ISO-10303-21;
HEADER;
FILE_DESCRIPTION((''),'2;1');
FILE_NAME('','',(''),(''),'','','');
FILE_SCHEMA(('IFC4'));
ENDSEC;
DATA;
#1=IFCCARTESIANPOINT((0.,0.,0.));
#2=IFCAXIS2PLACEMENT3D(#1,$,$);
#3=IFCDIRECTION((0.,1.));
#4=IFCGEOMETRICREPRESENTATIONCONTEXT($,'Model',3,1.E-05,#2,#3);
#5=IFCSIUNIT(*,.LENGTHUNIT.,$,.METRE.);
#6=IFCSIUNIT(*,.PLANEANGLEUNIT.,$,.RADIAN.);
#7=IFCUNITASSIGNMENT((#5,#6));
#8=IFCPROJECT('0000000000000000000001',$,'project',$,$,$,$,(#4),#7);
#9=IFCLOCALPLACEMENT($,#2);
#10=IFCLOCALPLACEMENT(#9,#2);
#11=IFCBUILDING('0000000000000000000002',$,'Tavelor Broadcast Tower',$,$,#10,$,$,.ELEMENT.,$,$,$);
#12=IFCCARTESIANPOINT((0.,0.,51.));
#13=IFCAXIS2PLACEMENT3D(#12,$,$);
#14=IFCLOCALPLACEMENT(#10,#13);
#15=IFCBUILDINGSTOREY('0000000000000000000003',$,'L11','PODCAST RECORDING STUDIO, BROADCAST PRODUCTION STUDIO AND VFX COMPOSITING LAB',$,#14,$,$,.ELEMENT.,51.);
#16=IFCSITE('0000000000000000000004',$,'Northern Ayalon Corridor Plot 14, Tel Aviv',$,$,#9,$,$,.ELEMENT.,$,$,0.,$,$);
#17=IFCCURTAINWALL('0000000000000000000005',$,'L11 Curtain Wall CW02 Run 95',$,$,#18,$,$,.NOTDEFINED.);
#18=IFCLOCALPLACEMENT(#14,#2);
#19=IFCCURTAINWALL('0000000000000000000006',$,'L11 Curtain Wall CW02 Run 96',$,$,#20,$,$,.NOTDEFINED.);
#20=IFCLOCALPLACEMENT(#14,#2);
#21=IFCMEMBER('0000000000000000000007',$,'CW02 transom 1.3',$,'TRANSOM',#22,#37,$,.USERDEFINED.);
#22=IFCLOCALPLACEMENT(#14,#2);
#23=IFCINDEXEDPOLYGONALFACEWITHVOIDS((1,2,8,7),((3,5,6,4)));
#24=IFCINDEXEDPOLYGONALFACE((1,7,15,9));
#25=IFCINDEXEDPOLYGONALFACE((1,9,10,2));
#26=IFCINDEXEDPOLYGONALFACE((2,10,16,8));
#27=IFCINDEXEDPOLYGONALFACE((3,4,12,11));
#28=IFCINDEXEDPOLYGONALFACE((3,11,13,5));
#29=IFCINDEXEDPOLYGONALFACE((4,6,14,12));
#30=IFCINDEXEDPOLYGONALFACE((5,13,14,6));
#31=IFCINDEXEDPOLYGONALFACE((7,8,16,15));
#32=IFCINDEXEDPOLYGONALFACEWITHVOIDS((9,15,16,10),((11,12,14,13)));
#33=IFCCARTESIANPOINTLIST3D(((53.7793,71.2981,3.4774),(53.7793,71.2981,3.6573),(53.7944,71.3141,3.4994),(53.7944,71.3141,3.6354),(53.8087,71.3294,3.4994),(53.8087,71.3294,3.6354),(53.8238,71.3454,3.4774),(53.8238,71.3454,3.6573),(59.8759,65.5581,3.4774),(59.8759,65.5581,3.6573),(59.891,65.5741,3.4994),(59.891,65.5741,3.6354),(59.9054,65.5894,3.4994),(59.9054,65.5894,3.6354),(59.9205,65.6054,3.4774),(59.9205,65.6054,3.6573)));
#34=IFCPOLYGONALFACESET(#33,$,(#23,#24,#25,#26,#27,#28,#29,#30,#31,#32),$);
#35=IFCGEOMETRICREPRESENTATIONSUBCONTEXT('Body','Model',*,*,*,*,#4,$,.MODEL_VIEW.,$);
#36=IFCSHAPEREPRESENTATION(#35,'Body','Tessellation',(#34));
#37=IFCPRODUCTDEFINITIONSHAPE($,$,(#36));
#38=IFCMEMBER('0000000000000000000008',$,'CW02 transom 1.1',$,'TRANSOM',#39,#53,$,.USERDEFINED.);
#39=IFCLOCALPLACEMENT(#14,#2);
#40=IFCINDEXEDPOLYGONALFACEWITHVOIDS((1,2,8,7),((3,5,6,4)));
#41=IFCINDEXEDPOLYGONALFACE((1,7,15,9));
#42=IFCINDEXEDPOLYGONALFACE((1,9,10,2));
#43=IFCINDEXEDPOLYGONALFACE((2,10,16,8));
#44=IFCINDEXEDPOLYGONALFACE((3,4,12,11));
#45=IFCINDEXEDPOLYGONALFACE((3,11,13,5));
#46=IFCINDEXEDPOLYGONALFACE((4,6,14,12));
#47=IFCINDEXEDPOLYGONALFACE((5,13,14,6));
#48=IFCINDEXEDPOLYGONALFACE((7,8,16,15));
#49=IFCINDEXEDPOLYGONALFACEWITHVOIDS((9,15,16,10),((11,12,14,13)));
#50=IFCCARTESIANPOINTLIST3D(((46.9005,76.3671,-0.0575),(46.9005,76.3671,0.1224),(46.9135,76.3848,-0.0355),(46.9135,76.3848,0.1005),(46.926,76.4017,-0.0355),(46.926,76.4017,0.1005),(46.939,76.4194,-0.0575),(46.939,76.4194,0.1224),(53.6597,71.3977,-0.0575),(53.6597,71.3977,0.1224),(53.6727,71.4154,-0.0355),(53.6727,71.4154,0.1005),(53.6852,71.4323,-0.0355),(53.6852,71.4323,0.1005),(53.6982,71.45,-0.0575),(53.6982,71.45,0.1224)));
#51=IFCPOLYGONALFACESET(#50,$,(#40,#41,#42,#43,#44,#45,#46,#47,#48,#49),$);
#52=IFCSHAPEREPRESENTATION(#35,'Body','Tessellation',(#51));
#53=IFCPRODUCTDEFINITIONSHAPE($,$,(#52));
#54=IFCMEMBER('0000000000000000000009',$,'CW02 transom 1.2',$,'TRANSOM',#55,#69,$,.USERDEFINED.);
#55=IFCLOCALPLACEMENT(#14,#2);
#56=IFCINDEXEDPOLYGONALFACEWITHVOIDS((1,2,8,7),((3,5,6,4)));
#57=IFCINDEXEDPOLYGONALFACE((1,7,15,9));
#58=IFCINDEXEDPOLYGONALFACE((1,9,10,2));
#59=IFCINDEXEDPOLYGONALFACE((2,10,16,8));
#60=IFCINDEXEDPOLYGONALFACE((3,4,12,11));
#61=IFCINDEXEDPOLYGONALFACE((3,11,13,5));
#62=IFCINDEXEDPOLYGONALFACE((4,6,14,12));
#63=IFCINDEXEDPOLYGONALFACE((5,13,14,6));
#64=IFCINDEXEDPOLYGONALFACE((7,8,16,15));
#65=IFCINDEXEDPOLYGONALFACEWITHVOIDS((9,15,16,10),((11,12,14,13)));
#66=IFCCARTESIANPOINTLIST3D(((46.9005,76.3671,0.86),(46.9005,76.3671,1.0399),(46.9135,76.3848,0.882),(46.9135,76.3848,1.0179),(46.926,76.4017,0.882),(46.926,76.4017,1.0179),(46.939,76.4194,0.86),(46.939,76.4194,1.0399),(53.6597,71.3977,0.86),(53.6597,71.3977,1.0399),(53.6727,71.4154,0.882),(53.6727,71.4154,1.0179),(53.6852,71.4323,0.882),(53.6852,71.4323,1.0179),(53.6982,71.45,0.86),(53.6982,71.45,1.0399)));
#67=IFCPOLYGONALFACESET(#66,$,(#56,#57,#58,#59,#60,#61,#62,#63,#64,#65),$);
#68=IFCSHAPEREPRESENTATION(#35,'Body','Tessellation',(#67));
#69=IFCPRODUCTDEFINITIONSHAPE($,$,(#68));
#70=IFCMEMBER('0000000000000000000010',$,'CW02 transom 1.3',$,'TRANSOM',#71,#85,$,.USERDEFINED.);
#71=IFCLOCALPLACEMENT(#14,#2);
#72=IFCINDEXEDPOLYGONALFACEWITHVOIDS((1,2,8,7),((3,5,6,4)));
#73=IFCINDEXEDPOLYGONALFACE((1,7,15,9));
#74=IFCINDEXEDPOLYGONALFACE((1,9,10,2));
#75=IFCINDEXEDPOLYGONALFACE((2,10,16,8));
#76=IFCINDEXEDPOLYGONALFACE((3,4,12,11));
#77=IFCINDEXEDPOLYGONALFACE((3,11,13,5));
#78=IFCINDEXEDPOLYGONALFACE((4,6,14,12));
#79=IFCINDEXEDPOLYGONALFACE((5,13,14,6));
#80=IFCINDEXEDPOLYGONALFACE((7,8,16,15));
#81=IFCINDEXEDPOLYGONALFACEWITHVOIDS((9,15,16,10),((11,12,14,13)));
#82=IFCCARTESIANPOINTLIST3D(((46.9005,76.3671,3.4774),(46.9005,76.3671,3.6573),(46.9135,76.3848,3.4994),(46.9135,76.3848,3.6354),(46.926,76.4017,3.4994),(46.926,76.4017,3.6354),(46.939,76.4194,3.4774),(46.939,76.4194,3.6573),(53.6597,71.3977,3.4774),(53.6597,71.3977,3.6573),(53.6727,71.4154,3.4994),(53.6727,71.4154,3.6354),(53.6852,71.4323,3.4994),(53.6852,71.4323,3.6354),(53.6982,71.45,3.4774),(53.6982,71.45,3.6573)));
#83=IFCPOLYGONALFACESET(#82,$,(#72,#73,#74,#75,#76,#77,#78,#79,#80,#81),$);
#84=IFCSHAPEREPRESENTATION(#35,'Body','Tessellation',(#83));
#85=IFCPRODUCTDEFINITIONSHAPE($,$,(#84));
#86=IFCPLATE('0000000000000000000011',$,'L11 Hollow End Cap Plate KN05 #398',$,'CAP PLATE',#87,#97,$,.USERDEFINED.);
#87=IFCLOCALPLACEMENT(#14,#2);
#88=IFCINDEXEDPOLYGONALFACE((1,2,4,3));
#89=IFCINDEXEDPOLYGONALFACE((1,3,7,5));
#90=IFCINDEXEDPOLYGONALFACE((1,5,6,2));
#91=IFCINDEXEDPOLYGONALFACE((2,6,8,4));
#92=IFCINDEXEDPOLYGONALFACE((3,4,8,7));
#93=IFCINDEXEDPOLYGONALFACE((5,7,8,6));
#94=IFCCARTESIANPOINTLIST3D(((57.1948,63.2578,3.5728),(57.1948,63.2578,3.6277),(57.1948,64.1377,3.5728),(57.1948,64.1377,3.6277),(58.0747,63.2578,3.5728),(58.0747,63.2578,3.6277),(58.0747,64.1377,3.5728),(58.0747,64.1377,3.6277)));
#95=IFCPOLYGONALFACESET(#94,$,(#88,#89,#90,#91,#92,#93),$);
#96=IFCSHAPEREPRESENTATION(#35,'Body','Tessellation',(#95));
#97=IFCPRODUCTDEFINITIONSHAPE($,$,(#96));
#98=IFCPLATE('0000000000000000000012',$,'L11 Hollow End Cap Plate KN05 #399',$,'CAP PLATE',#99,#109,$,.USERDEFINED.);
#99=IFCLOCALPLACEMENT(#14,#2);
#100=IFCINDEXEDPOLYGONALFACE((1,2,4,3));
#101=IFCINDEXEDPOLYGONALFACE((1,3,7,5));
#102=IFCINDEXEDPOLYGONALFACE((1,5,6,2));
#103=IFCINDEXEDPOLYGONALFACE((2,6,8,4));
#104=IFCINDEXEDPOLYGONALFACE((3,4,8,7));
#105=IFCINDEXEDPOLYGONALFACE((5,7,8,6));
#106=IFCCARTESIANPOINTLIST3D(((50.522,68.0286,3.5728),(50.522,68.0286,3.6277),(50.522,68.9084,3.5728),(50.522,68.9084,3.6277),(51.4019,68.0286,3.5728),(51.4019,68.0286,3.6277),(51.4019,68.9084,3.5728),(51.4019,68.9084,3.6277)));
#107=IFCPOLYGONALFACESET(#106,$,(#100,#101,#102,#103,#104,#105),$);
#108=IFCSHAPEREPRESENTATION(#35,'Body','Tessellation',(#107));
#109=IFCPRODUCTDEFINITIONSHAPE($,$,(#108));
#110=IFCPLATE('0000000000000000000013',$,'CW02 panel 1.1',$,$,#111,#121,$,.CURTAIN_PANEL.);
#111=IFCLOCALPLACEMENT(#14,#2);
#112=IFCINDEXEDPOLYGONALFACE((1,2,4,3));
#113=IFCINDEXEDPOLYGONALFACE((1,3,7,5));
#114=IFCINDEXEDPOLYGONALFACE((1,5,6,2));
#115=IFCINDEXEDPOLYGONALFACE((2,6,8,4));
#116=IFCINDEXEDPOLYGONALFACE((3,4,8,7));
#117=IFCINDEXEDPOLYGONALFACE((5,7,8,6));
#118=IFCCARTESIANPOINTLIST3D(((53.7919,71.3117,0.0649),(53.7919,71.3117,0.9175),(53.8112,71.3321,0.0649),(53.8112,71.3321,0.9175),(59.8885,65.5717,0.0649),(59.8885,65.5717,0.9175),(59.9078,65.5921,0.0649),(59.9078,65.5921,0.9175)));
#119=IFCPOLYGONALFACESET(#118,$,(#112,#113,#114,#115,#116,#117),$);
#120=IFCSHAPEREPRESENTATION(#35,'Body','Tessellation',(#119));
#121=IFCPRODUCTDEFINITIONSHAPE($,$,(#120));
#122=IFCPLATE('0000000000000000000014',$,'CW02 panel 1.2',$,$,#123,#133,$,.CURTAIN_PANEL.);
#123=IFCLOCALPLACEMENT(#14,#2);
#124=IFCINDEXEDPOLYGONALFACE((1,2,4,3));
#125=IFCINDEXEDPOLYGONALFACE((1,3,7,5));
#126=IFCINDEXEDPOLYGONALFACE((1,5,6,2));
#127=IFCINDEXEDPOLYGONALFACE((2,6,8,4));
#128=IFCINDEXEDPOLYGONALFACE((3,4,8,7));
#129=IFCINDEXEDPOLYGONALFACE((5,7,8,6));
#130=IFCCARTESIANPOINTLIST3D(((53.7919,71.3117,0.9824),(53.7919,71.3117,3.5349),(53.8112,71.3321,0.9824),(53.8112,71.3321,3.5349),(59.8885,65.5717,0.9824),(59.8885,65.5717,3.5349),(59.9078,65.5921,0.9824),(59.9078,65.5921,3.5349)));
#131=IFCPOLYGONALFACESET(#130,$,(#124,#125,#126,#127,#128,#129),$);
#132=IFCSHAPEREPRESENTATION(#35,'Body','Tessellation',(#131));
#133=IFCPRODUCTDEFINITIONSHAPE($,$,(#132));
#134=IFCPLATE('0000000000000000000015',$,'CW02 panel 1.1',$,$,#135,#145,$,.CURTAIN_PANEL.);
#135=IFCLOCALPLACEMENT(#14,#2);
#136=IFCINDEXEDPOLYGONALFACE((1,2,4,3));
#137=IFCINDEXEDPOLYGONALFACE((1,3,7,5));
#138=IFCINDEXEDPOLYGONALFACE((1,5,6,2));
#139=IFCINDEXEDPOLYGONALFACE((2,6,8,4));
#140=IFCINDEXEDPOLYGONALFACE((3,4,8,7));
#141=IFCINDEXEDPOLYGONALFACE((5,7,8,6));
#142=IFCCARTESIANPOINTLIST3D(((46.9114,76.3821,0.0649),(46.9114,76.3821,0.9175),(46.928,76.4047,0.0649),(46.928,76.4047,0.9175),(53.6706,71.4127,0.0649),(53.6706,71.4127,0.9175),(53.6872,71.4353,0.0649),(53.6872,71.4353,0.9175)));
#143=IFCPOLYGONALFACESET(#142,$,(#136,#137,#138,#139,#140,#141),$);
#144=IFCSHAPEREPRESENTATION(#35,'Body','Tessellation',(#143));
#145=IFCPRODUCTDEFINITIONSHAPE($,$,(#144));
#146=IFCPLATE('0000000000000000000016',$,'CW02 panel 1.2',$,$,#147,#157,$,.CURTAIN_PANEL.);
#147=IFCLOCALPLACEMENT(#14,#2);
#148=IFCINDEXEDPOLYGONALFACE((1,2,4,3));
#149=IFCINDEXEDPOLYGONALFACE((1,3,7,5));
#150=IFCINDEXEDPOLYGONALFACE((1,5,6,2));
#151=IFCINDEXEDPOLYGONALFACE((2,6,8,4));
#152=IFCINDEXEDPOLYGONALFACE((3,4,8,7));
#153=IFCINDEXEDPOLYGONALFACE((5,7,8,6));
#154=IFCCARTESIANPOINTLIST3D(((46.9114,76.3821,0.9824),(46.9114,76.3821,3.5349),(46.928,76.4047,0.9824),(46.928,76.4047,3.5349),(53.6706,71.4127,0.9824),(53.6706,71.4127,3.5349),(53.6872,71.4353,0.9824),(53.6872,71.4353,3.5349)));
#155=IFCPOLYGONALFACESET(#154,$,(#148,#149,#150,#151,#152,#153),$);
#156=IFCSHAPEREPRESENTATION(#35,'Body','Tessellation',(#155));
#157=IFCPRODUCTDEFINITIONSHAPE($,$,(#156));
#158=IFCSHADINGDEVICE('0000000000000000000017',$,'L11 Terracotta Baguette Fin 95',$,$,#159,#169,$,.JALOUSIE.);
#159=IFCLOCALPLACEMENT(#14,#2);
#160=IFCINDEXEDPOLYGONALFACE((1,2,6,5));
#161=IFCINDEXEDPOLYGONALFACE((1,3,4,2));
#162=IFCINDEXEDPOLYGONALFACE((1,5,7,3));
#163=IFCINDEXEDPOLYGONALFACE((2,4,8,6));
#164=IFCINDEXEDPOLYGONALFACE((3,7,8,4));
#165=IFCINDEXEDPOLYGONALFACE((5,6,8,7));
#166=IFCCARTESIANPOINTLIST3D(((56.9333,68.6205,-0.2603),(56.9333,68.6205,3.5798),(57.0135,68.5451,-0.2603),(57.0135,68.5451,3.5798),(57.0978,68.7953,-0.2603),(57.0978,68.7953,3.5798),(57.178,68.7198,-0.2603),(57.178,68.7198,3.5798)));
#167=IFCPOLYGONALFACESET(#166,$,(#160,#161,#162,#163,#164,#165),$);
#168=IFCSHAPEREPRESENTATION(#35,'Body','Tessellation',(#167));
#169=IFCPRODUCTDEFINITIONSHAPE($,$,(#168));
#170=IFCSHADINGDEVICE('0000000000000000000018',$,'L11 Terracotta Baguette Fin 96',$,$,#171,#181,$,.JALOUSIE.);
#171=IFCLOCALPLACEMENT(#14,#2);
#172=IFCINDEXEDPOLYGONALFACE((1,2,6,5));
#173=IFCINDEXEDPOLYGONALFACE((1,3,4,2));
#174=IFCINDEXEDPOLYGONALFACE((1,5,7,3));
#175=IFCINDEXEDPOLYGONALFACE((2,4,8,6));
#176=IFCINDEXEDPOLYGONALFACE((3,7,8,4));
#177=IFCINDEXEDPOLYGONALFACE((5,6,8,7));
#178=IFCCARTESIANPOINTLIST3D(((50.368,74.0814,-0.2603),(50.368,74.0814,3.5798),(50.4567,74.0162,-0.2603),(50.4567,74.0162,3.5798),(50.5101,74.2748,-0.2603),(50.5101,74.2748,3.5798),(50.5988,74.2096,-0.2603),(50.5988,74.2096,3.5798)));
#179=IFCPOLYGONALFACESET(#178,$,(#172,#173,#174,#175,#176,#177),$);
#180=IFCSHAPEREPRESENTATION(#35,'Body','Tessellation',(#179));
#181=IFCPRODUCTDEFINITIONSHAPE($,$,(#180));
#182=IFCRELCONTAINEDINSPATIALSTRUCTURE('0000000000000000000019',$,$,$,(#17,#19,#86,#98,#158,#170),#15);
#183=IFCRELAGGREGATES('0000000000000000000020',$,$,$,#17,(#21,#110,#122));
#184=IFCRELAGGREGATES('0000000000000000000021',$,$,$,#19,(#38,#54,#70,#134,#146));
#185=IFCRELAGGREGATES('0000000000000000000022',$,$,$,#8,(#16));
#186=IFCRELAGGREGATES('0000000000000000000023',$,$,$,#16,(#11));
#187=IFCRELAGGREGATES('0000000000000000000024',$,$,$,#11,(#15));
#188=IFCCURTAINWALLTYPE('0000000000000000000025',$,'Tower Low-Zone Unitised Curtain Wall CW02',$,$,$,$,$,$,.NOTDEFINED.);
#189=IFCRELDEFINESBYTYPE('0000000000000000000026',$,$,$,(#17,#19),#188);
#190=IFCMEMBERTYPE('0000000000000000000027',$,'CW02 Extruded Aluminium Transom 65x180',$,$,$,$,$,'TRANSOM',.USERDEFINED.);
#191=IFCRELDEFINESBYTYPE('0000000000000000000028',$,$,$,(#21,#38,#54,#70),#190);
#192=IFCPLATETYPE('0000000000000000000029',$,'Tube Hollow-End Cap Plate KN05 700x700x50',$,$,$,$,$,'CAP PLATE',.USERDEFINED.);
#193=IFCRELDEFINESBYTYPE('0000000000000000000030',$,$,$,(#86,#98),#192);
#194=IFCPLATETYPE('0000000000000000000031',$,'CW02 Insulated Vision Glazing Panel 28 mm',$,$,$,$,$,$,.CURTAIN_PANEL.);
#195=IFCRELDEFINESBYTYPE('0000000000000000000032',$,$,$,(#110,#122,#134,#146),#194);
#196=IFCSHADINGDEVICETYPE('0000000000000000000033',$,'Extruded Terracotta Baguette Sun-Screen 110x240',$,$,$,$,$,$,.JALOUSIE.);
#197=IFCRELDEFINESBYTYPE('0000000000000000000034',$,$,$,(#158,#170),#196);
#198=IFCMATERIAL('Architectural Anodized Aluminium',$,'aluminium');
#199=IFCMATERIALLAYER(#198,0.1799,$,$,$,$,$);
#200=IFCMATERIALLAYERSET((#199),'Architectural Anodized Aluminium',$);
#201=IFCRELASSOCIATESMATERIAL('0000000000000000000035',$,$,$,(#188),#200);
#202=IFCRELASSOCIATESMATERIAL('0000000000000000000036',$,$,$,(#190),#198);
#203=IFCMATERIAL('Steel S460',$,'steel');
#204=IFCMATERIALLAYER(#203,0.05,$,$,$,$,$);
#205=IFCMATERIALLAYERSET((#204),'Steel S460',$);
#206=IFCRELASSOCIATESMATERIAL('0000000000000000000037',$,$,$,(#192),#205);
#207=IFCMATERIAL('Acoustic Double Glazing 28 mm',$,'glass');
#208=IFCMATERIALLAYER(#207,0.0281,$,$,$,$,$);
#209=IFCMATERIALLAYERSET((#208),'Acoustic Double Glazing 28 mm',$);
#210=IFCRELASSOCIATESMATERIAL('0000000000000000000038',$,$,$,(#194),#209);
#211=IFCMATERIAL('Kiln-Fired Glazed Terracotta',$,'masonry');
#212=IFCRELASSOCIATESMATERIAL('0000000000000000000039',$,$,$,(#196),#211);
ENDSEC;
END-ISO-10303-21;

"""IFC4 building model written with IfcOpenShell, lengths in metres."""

from ifc_helpers import new_model, si_unit, direction, frame, origin, origin_2d, place, context, subcontext, project, spatial, rectangle, hollow_rectangle, extrude, source, transform, mapped, material, layer, layer_set, material_profile, profile_set, type_object, type_shapes, element, aggregate, save


model = new_model("IFC4")

# Units and contexts
model_context = context("Model", 3, precision=1e-05, world=origin(), true_north=direction((0.0, 1.0)))
body_context = subcontext(model_context, "Body", "Model", "MODEL_VIEW")
ifc_project = project(units=[si_unit("LENGTHUNIT", "METRE"), si_unit("PLANEANGLEUNIT", "RADIAN")], contexts=[model_context])

# Site, building, storey
site_placement = place(None, origin())
site = spatial("IfcSite", under=ifc_project, at=site_placement, Name="Northern Ayalon Corridor Plot 14, Tel Aviv", CompositionType="ELEMENT", RefElevation=0.0)
building_placement = place(site_placement, origin())
building = spatial("IfcBuilding", under=site, at=building_placement, Name="Tavelor Broadcast Tower", CompositionType="ELEMENT")
storey_placement = place(building_placement, frame((0.0, 0.0, 51.0)))
storey = spatial("IfcBuildingStorey", under=building, at=storey_placement, Name="L11", Description="PODCAST RECORDING STUDIO, BROADCAST PRODUCTION STUDIO AND VFX COMPOSITING LAB", CompositionType="ELEMENT", Elevation=51.0)

# Shared definitions
ifc_material_1 = material(Name="Steel S460", Category="steel")

# Shared definitions
ifc_material_2 = material(Name="Architectural Anodized Aluminium", Category="aluminium")
ifc_layer_1 = layer(ifc_material_2, 0.1799)
ifc_layer_set_1 = layer_set([ifc_layer_1], Name="Architectural Anodized Aluminium")
curtain_wall_type = type_object("IfcCurtainWallType", Name="Tower Low-Zone Unitised Curtain Wall CW02", PredefinedType="NOTDEFINED", material=ifc_layer_set_1)

# Curtain wall
curtain_wall_1_placement = place(storey_placement, origin())
curtain_wall_1 = element("IfcCurtainWall", 1, at=curtain_wall_1_placement, inside=storey, type_object=curtain_wall_type, Name="L11 Curtain Wall CW02 Run 95", PredefinedType="NOTDEFINED")

# Curtain wall
curtain_wall_2_placement = place(storey_placement, origin())
curtain_wall_2 = element("IfcCurtainWall", 2, at=curtain_wall_2_placement, inside=storey, type_object=curtain_wall_type, Name="L11 Curtain Wall CW02 Run 96", PredefinedType="NOTDEFINED")

# Members
ifc_material_profile_1 = material_profile(ifc_material_2, hollow_rectangle(XDim=0.0649, YDim=0.1799, WallThickness=0.022, at=origin_2d()), Name="RHS 65x180x22")
ifc_profile_set_1 = profile_set([ifc_material_profile_1], Name="Architectural Anodized Aluminium")
member_type_1 = type_object("IfcMemberType", Name="CW02 Extruded Aluminium Transom 65x180", ElementType="TRANSOM", PredefinedType="USERDEFINED", material=ifc_profile_set_1)
shared_shape_1 = source(origin(), body_context, "Body", "SweptSolid", [
    extrude(hollow_rectangle(XDim=0.0649, YDim=0.1799, WallThickness=0.022, at=origin_2d()), origin(), (0.0, 0.0, 1.0), 8.3735),
])
member_1_placement = place(storey_placement, frame((59.8982, 65.5818, 3.5674), z_axis=(-0.728084, 0.685487, 0.0), x_axis=(-0.685487, -0.728084, 0.0)))
member_1 = element("IfcMember", 3, at=member_1_placement, type_object=member_type_1, Name="CW02 transom 1.3", ObjectType="TRANSOM", PredefinedType="USERDEFINED", context=body_context, shape_type="MappedRepresentation", body=[
    mapped(shared_shape_1, transform((0.0, 0.0, 0.0), scale=1.0)),
])
shared_shape_2 = source(origin(), body_context, "Body", "SweptSolid", [
    extrude(hollow_rectangle(XDim=0.0649, YDim=0.1799, WallThickness=0.022, at=origin_2d()), origin(), (0.0, 0.0, 1.0), 8.3894),
])
type_shapes(member_type_1, [shared_shape_1, shared_shape_2])
member_2_placement = place(storey_placement, frame((53.679, 71.4238, 0.0325), z_axis=(-0.805684, 0.592346, 0.0), x_axis=(-0.592346, -0.805684, 0.0)))
member_2 = element("IfcMember", 4, at=member_2_placement, type_object=member_type_1, Name="CW02 transom 1.1", ObjectType="TRANSOM", PredefinedType="USERDEFINED", context=body_context, shape_type="MappedRepresentation", body=[
    mapped(shared_shape_2, transform((0.0, 0.0, 0.0), scale=1.0)),
])
member_3_placement = place(storey_placement, frame((53.679, 71.4238, 0.95), z_axis=(-0.805684, 0.592346, 0.0), x_axis=(-0.592346, -0.805684, 0.0)))
member_3 = element("IfcMember", 5, at=member_3_placement, type_object=member_type_1, Name="CW02 transom 1.2", ObjectType="TRANSOM", PredefinedType="USERDEFINED", context=body_context, shape_type="MappedRepresentation", body=[
    mapped(shared_shape_2, transform((0.0, 0.0, 0.0), scale=1.0)),
])
member_4_placement = place(storey_placement, frame((53.679, 71.4238, 3.5674), z_axis=(-0.805684, 0.592346, 0.0), x_axis=(-0.592346, -0.805684, 0.0)))
member_4 = element("IfcMember", 6, at=member_4_placement, type_object=member_type_1, Name="CW02 transom 1.3", ObjectType="TRANSOM", PredefinedType="USERDEFINED", context=body_context, shape_type="MappedRepresentation", body=[
    mapped(shared_shape_2, transform((0.0, 0.0, 0.0), scale=1.0)),
])

# Plates
ifc_layer_2 = layer(ifc_material_1, 0.05)
ifc_layer_set_2 = layer_set([ifc_layer_2], Name="Steel S460")
plate_type_1 = type_object("IfcPlateType", Name="Tube Hollow-End Cap Plate KN05 700x700x50", ElementType="CAP PLATE", PredefinedType="USERDEFINED", material=ifc_layer_set_2)
shared_shape_3 = source(origin(), body_context, "Body", "SweptSolid", [
    extrude(rectangle(XDim=0.8799, YDim=0.8799, at=origin_2d()), origin(), (0.0, 0.0, 1.0), 0.0549),
])
type_shapes(plate_type_1, [shared_shape_3])
for number, where, z_axis, x_axis, name in (
    (7, (57.6348, 63.6978, 3.5728), (0.0, 0.0, 1.0), (1.0, 0.0, 0.0), "L11 Hollow End Cap Plate KN05 #398"),
    (8, (50.9619, 68.4685, 3.5728), (0.0, 0.0, 1.0), (1.0, 0.0, 0.0), "L11 Hollow End Cap Plate KN05 #399"),
):
    element("IfcPlate", number, at=place(storey_placement, frame(where, z_axis=z_axis, x_axis=x_axis)), inside=storey, type_object=plate_type_1, Name=name, ObjectType="CAP PLATE", PredefinedType="USERDEFINED", context=body_context, shape_type="MappedRepresentation", body=[
        mapped(shared_shape_3, transform((0.0, 0.0, 0.0), scale=1.0)),
    ])

# Plates
ifc_material_3 = material(Name="Acoustic Double Glazing 28 mm", Category="glass")
ifc_layer_3 = layer(ifc_material_3, 0.0281)
ifc_layer_set_3 = layer_set([ifc_layer_3], Name="Acoustic Double Glazing 28 mm")
plate_type_2 = type_object("IfcPlateType", Name="CW02 Insulated Vision Glazing Panel 28 mm", PredefinedType="CURTAIN_PANEL", material=ifc_layer_set_3)
shared_shape_4 = source(origin(), body_context, "Body", "SweptSolid", [
    extrude(rectangle(XDim=8.3735, YDim=0.0281, at=origin_2d()), origin(), (0.0, 0.0, 1.0), 0.8525),
])
plate_1_placement = place(storey_placement, frame((56.8499, 68.4519, 0.0649), z_axis=(0.0, 0.0, 1.0), x_axis=(-0.728083, 0.685489, 0.0)))
plate_1 = element("IfcPlate", 9, at=plate_1_placement, type_object=plate_type_2, Name="CW02 panel 1.1", PredefinedType="CURTAIN_PANEL", context=body_context, shape_type="MappedRepresentation", body=[
    mapped(shared_shape_4, transform((0.0, 0.0, 0.0), scale=1.0)),
])
shared_shape_5 = source(origin(), body_context, "Body", "SweptSolid", [
    extrude(rectangle(XDim=8.3735, YDim=0.0281, at=origin_2d()), origin(), (0.0, 0.0, 1.0), 2.5525),
])
plate_2_placement = place(storey_placement, frame((56.8499, 68.4519, 0.9824), z_axis=(0.0, 0.0, 1.0), x_axis=(-0.728083, 0.685489, 0.0)))
plate_2 = element("IfcPlate", 10, at=plate_2_placement, type_object=plate_type_2, Name="CW02 panel 1.2", PredefinedType="CURTAIN_PANEL", context=body_context, shape_type="MappedRepresentation", body=[
    mapped(shared_shape_5, transform((0.0, 0.0, 0.0), scale=1.0)),
])
aggregate(curtain_wall_1, [member_1, plate_1, plate_2])
shared_shape_6 = source(origin(), body_context, "Body", "SweptSolid", [
    extrude(rectangle(XDim=8.3894, YDim=0.0281, at=origin_2d()), origin(), (0.0, 0.0, 1.0), 0.8525),
])
plate_3_placement = place(storey_placement, frame((50.2993, 73.9087, 0.0649), z_axis=(0.0, 0.0, 1.0), x_axis=(-0.805684, 0.592346, 0.0)))
plate_3 = element("IfcPlate", 11, at=plate_3_placement, type_object=plate_type_2, Name="CW02 panel 1.1", PredefinedType="CURTAIN_PANEL", context=body_context, shape_type="MappedRepresentation", body=[
    mapped(shared_shape_6, transform((0.0, 0.0, 0.0), scale=1.0)),
])
shared_shape_7 = source(origin(), body_context, "Body", "SweptSolid", [
    extrude(rectangle(XDim=8.3894, YDim=0.0281, at=origin_2d()), origin(), (0.0, 0.0, 1.0), 2.5525),
])
type_shapes(plate_type_2, [shared_shape_4, shared_shape_5, shared_shape_6, shared_shape_7])
plate_4_placement = place(storey_placement, frame((50.2993, 73.9087, 0.9824), z_axis=(0.0, 0.0, 1.0), x_axis=(-0.805684, 0.592346, 0.0)))
plate_4 = element("IfcPlate", 12, at=plate_4_placement, type_object=plate_type_2, Name="CW02 panel 1.2", PredefinedType="CURTAIN_PANEL", context=body_context, shape_type="MappedRepresentation", body=[
    mapped(shared_shape_7, transform((0.0, 0.0, 0.0), scale=1.0)),
])
aggregate(curtain_wall_2, [member_2, member_3, member_4, plate_3, plate_4])

# Shading devices
ifc_material_4 = material(Name="Kiln-Fired Glazed Terracotta", Category="masonry")
shading_device_type = type_object("IfcShadingDeviceType", Name="Extruded Terracotta Baguette Sun-Screen 110x240", PredefinedType="JALOUSIE", material=ifc_material_4)
shared_shape_8 = source(origin(), body_context, "Body", "SweptSolid", [
    extrude(rectangle(XDim=0.1101, YDim=0.24, at=origin_2d()), origin(), (0.0, 0.0, 1.0), 3.8401),
])
type_shapes(shading_device_type, [shared_shape_8])
for number, where, z_axis, x_axis, name in (
    (13, (57.0557, 68.6702, -0.2603), (0.0, 0.0, 1.0), (-0.728132, 0.685437, 0.0), "L11 Terracotta Baguette Fin 95"),
    (14, (50.4834, 74.1455, -0.2603), (0.0, 0.0, 1.0), (-0.805722, 0.592294, 0.0), "L11 Terracotta Baguette Fin 96"),
):
    element("IfcShadingDevice", number, at=place(storey_placement, frame(where, z_axis=z_axis, x_axis=x_axis)), inside=storey, type_object=shading_device_type, Name=name, PredefinedType="JALOUSIE", context=body_context, shape_type="MappedRepresentation", body=[
        mapped(shared_shape_8, transform((0.0, 0.0, 0.0), scale=1.0)),
    ])

save(model, "model.ifc")
